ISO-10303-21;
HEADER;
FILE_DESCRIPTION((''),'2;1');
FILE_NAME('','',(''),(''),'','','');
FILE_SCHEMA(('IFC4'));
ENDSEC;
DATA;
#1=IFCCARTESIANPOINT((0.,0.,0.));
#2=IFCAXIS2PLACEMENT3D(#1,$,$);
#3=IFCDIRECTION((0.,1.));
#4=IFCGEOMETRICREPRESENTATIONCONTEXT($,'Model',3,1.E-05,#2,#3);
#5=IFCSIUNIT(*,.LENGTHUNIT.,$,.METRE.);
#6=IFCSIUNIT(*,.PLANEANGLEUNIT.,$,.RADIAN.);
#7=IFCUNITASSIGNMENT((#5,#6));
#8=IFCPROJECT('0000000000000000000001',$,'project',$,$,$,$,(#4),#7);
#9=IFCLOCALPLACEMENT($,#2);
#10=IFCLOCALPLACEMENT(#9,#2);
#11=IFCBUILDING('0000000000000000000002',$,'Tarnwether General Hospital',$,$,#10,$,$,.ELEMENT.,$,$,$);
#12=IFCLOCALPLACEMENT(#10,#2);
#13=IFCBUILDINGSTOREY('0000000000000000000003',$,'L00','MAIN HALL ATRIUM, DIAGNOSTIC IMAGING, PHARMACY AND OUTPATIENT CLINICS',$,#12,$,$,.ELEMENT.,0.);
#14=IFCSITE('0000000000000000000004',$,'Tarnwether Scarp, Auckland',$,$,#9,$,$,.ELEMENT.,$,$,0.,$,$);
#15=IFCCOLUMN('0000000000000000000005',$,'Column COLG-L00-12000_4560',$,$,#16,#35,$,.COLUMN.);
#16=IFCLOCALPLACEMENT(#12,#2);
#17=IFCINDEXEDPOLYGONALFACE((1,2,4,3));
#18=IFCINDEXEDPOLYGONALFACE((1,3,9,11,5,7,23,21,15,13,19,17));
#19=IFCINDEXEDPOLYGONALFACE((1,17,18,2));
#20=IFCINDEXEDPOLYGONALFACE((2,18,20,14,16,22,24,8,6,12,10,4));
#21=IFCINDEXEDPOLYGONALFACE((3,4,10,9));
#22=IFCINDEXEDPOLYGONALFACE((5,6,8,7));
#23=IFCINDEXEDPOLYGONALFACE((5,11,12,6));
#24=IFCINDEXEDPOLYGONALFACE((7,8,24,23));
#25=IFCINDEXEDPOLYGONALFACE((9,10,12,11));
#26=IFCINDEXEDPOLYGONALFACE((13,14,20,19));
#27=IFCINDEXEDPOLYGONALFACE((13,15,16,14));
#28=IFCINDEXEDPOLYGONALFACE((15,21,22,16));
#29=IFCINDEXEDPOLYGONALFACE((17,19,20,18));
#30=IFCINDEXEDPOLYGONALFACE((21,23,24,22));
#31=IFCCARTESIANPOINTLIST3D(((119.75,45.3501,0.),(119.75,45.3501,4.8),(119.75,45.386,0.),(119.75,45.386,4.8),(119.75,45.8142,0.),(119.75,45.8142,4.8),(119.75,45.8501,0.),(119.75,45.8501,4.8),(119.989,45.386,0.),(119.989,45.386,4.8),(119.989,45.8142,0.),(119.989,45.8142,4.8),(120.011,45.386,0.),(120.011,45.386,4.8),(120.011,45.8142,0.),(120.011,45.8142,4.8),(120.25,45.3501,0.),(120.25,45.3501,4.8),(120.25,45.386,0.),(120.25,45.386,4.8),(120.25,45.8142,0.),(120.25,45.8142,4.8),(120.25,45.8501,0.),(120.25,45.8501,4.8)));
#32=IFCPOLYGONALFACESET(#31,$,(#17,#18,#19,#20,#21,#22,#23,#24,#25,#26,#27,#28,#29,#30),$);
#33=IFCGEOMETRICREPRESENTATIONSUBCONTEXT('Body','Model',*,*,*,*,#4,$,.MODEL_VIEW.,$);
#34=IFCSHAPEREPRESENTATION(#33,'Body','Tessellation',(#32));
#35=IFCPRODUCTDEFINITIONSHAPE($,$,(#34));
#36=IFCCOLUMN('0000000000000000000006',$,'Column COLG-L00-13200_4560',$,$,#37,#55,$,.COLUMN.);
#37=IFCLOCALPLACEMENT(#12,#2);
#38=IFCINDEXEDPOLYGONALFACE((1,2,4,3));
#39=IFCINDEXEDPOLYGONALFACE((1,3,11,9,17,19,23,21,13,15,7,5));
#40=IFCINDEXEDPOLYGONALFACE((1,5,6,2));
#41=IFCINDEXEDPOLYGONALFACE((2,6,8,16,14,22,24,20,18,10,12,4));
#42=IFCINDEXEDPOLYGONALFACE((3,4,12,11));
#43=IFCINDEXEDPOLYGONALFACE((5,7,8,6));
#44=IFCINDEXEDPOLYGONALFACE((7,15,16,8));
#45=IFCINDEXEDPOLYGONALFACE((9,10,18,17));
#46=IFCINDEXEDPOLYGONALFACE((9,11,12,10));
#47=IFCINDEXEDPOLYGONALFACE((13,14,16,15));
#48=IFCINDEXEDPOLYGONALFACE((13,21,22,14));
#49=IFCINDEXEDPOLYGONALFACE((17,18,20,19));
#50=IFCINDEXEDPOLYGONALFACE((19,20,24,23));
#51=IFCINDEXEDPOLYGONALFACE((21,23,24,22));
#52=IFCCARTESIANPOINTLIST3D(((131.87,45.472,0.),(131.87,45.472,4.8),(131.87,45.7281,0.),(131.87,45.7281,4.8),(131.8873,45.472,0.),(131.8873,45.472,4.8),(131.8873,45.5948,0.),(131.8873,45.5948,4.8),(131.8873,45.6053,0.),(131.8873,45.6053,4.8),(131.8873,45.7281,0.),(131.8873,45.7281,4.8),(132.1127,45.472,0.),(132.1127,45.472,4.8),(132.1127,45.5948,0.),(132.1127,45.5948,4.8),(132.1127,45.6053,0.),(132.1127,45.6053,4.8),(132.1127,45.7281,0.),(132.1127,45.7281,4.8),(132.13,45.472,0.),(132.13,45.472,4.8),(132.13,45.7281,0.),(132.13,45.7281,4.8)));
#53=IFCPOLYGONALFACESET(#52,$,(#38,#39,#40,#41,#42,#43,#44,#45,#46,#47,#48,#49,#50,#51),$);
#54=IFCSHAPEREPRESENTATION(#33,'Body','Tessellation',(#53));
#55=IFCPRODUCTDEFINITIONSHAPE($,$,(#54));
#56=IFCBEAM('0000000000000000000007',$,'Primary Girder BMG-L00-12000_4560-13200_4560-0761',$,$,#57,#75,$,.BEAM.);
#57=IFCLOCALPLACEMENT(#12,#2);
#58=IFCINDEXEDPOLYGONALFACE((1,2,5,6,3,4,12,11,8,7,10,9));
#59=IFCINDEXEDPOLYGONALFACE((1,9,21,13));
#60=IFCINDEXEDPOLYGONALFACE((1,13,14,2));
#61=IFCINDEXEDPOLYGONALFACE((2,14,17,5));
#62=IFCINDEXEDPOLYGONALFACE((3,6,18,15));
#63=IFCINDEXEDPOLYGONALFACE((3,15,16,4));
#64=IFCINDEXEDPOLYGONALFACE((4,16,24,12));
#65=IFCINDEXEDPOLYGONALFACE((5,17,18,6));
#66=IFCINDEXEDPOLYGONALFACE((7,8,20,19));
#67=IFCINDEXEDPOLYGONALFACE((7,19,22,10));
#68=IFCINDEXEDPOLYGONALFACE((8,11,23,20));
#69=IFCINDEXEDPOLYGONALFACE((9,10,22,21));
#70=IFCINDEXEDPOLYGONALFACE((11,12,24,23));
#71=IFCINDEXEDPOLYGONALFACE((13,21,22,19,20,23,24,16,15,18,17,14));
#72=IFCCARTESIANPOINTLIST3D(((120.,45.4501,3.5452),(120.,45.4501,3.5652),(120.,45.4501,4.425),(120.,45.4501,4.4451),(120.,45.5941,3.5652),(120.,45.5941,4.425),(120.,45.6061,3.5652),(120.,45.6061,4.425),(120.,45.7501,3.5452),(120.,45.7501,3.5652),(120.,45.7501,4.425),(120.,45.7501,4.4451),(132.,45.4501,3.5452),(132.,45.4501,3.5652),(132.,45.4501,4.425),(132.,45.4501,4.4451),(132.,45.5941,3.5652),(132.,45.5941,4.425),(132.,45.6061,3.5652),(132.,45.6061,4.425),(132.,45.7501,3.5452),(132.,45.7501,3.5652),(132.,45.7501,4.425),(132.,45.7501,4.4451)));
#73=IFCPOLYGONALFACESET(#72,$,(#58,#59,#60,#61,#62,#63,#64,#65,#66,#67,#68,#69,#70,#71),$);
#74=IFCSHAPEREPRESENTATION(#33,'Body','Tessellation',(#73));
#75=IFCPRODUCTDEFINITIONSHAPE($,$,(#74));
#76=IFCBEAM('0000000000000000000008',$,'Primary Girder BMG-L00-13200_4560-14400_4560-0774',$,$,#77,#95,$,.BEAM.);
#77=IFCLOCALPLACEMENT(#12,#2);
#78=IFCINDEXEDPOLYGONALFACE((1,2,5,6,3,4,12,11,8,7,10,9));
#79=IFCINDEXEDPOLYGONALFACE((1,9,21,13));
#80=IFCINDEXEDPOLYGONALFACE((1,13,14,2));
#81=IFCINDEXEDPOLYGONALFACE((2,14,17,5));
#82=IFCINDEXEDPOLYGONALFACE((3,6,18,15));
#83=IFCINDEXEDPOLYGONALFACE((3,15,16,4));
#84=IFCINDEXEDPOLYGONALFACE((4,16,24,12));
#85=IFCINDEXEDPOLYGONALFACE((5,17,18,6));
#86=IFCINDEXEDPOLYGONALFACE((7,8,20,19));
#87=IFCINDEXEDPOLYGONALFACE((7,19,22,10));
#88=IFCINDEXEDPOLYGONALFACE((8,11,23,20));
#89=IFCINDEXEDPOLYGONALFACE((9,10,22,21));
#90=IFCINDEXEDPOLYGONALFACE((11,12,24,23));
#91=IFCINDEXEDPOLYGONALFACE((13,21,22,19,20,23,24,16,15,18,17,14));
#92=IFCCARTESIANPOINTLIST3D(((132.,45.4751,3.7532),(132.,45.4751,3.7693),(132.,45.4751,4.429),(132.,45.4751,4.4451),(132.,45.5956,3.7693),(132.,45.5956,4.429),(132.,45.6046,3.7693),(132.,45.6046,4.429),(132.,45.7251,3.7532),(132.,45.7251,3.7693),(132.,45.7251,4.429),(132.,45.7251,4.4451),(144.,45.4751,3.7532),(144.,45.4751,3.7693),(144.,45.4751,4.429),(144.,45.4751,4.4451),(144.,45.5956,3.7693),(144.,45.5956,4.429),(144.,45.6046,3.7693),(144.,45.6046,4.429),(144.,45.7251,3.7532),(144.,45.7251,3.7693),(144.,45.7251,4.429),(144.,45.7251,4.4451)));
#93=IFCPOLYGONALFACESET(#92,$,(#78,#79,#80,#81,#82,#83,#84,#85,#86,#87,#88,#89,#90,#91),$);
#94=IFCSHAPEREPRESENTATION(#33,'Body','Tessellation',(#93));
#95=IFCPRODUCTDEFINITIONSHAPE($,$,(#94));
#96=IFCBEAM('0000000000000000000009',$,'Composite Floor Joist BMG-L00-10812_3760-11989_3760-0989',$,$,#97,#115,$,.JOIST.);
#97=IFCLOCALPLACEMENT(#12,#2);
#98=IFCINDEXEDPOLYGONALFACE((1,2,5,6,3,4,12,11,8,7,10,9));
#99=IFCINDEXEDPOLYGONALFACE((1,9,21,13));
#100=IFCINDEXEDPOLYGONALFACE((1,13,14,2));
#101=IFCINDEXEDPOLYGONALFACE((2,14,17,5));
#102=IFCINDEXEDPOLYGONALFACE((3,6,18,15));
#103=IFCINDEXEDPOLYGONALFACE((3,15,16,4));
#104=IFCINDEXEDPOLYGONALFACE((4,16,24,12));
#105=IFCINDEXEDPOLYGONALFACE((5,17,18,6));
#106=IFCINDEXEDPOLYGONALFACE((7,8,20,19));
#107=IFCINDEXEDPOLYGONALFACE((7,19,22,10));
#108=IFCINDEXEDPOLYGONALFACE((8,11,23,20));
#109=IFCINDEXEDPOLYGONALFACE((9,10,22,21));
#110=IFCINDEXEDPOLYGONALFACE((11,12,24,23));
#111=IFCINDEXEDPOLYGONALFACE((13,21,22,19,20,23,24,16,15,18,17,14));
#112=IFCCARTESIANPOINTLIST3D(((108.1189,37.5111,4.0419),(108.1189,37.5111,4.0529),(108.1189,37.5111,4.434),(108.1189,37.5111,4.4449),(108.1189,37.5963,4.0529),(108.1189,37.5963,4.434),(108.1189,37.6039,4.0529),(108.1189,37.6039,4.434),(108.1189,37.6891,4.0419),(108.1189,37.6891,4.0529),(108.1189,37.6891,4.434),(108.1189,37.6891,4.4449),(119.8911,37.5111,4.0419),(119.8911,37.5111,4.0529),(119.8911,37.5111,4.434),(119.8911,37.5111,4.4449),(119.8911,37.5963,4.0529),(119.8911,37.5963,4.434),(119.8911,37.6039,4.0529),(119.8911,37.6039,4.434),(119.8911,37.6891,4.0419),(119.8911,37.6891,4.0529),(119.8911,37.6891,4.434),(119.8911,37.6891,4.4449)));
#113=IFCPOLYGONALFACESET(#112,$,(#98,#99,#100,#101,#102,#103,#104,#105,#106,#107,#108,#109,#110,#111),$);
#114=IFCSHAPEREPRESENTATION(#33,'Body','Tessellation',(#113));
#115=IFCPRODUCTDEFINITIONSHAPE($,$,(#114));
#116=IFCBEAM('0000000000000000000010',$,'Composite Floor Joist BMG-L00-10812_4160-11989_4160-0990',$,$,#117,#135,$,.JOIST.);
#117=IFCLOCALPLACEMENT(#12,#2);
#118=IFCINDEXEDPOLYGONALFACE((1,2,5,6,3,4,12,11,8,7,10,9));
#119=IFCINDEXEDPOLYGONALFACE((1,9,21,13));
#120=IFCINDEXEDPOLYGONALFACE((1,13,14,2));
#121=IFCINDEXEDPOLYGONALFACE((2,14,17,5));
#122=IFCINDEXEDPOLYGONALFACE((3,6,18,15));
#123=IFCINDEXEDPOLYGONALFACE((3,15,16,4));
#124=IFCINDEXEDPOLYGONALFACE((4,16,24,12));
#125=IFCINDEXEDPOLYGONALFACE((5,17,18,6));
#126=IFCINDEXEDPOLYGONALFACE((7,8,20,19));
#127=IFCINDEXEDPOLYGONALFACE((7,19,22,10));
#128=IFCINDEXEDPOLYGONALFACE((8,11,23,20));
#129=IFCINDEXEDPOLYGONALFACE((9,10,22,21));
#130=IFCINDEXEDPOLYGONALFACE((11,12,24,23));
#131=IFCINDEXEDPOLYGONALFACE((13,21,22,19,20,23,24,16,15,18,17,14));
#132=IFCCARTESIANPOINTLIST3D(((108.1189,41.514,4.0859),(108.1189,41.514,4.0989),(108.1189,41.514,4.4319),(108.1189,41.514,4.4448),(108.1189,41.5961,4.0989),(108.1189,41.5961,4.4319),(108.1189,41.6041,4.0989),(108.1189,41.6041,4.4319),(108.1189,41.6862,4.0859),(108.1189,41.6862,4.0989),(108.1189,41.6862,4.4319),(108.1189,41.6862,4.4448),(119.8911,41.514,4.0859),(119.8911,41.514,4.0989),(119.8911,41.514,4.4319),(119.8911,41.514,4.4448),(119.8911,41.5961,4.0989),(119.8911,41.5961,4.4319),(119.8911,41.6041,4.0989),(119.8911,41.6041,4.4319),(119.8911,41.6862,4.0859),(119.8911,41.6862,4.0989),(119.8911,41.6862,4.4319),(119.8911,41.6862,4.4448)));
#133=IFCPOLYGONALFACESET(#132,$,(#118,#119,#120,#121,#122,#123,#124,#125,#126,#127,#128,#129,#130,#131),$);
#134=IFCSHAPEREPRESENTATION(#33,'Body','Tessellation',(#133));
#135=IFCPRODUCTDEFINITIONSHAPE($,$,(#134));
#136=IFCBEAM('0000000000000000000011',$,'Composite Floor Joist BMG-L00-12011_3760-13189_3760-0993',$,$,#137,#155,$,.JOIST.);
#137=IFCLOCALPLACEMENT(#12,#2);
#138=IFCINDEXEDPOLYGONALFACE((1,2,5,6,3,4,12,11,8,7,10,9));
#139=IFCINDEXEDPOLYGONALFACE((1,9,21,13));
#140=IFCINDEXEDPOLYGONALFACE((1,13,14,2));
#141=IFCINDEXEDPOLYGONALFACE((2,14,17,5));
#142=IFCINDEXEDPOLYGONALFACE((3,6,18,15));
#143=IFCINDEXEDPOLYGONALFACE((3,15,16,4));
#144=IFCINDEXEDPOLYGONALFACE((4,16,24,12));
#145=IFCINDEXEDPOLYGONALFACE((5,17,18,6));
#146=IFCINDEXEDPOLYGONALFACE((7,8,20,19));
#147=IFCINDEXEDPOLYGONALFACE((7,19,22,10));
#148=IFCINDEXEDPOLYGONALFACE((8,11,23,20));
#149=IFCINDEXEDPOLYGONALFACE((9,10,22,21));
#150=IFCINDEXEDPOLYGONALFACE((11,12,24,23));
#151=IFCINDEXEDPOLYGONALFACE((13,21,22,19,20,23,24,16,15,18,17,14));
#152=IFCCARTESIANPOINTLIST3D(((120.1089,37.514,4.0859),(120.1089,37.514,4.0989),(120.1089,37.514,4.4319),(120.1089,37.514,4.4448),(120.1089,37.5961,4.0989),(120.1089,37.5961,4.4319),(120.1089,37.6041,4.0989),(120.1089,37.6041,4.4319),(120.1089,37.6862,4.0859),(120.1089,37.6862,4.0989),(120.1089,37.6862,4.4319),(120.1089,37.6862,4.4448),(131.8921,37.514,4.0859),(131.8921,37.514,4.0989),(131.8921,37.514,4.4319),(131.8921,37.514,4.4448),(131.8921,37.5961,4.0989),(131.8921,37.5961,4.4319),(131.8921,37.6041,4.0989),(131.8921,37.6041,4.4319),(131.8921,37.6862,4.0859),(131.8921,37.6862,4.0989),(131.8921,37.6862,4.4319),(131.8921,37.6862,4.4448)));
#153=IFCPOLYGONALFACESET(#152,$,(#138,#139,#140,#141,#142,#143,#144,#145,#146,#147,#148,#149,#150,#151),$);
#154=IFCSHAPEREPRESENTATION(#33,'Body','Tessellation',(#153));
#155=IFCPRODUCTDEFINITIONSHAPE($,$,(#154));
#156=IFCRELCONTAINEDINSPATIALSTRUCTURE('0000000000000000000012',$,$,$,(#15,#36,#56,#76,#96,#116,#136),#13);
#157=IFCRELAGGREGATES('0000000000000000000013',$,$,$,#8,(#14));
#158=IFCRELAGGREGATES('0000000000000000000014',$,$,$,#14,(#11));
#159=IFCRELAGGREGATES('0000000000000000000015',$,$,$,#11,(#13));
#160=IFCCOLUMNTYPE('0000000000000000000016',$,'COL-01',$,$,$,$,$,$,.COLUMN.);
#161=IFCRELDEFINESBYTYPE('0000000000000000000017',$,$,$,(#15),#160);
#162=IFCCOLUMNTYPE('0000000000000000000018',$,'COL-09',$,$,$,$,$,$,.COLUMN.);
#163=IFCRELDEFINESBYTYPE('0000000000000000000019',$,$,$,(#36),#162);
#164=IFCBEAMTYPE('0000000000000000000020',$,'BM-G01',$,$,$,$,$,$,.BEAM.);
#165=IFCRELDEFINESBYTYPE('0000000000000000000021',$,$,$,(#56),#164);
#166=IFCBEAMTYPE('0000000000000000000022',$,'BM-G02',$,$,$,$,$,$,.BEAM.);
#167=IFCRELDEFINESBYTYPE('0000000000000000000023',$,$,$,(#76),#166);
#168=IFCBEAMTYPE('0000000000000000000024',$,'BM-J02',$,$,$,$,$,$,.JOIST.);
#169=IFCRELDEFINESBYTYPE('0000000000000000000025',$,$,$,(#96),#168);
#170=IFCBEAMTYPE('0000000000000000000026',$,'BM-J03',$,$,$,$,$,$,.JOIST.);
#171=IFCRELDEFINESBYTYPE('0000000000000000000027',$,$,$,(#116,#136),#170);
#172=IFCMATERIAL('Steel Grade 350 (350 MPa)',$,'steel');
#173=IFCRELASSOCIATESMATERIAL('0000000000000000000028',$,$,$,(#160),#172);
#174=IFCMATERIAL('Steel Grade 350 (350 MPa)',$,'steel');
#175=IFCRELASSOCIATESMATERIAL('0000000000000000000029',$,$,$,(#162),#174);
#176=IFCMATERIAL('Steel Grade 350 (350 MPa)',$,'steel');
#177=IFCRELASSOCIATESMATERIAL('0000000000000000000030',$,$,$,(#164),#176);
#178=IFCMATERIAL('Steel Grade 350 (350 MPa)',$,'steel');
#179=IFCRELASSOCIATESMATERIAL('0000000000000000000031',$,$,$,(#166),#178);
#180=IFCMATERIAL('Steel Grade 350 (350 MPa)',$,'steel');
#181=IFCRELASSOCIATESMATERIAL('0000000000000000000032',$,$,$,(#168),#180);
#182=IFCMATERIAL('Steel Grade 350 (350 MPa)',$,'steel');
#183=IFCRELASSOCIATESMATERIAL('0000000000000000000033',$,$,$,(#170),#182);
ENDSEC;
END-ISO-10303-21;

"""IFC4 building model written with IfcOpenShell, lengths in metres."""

from ifc_helpers import new_model, si_unit, direction, frame, origin, origin_2d, place, context, subcontext, project, spatial, i_section, extrude, material, material_profile, profile_set, type_object, element, save


model = new_model("IFC4")

# Units and contexts
model_context = context("Model", 3, precision=1e-05, world=origin(), true_north=direction((0.0, 1.0)))
body_context = subcontext(model_context, "Body", "Model", "MODEL_VIEW")
ifc_project = project(units=[si_unit("LENGTHUNIT", "METRE"), si_unit("PLANEANGLEUNIT", "RADIAN")], contexts=[model_context])

# Site, building, storey
site_placement = place(None, origin())
site = spatial("IfcSite", under=ifc_project, at=site_placement, Name="Tarnwether Scarp, Auckland", CompositionType="ELEMENT", RefElevation=0.0)
building_placement = place(site_placement, origin())
building = spatial("IfcBuilding", under=site, at=building_placement, Name="Tarnwether General Hospital", CompositionType="ELEMENT")
storey_placement = place(building_placement, origin())
storey = spatial("IfcBuildingStorey", under=building, at=storey_placement, Name="L00", Description="MAIN HALL ATRIUM, DIAGNOSTIC IMAGING, PHARMACY AND OUTPATIENT CLINICS", CompositionType="ELEMENT", Elevation=0.0)

# Columns
ifc_material_1 = material(Name="Steel Grade 350 (350 MPa)", Category="steel")
ifc_material_profile_1 = material_profile(ifc_material_1, i_section(OverallWidth=0.5, OverallDepth=0.5, WebThickness=0.022, FlangeThickness=0.0359, at=origin_2d()), Name="500WC380")
ifc_profile_set_1 = profile_set([ifc_material_profile_1], Name="Steel Grade 350 (350 MPa)")
column_type_1 = type_object("IfcColumnType", Name="COL-01", PredefinedType="COLUMN", material=ifc_profile_set_1)
column_1_placement = place(storey_placement, frame((120.0, 45.6001, 0.0), z_axis=(0.0, 0.0, 1.0), x_axis=(1.0, 0.0, 0.0)))
element("IfcColumn", 1, at=column_1_placement, inside=storey, type_object=column_type_1, Name="Column COLG-L00-12000_4560", PredefinedType="COLUMN", context=body_context, shape_type="SweptSolid", body=[
    extrude(i_section(OverallWidth=0.5, OverallDepth=0.5, WebThickness=0.022, FlangeThickness=0.0359, at=origin_2d()), origin(), (0.0, 0.0, 1.0), 4.8),
])
ifc_material_2 = material(Name="Steel Grade 350 (350 MPa)", Category="steel")
ifc_material_profile_2 = material_profile(ifc_material_2, i_section(OverallWidth=0.2561, OverallDepth=0.26, WebThickness=0.0105, FlangeThickness=0.0173, at=origin_2d()), Name="250UC89.5")
ifc_profile_set_2 = profile_set([ifc_material_profile_2], Name="Steel Grade 350 (350 MPa)")
column_type_2 = type_object("IfcColumnType", Name="COL-09", PredefinedType="COLUMN", material=ifc_profile_set_2)
column_2_placement = place(storey_placement, frame((132.0, 45.6001, 0.0), z_axis=(0.0, 0.0, 1.0), x_axis=(0.0, 1.0, 0.0)))
element("IfcColumn", 2, at=column_2_placement, inside=storey, type_object=column_type_2, Name="Column COLG-L00-13200_4560", PredefinedType="COLUMN", context=body_context, shape_type="SweptSolid", body=[
    extrude(i_section(OverallWidth=0.2561, OverallDepth=0.26, WebThickness=0.0105, FlangeThickness=0.0173, at=origin_2d()), origin(), (0.0, 0.0, 1.0), 4.8),
])

# Beams
ifc_material_3 = material(Name="Steel Grade 350 (350 MPa)", Category="steel")
ifc_material_profile_3 = material_profile(ifc_material_3, i_section(OverallWidth=0.3, OverallDepth=0.8999, WebThickness=0.012, FlangeThickness=0.02, at=origin_2d()), Name="900WB175")
ifc_profile_set_3 = profile_set([ifc_material_profile_3], Name="Steel Grade 350 (350 MPa)")
beam_type_1 = type_object("IfcBeamType", Name="BM-G01", PredefinedType="BEAM", material=ifc_profile_set_3)
beam_1_placement = place(storey_placement, frame((120.0, 45.6001, 3.9951), z_axis=(1.0, 0.0, 0.0), x_axis=(0.0, 1.0, 0.0)))
element("IfcBeam", 3, at=beam_1_placement, inside=storey, type_object=beam_type_1, Name="Primary Girder BMG-L00-12000_4560-13200_4560-0761", PredefinedType="BEAM", context=body_context, shape_type="SweptSolid", body=[
    extrude(i_section(OverallWidth=0.3, OverallDepth=0.8999, WebThickness=0.012, FlangeThickness=0.02, at=origin_2d()), origin(), (0.0, 0.0, 1.0), 12.0),
])
ifc_material_4 = material(Name="Steel Grade 350 (350 MPa)", Category="steel")
ifc_material_profile_4 = material_profile(ifc_material_4, i_section(OverallWidth=0.25, OverallDepth=0.6919, WebThickness=0.009, FlangeThickness=0.0161, at=origin_2d()), Name="700WB115")
ifc_profile_set_4 = profile_set([ifc_material_profile_4], Name="Steel Grade 350 (350 MPa)")
beam_type_2 = type_object("IfcBeamType", Name="BM-G02", PredefinedType="BEAM", material=ifc_profile_set_4)
beam_2_placement = place(storey_placement, frame((132.0, 45.6001, 4.0991), z_axis=(1.0, 0.0, 0.0), x_axis=(0.0, 1.0, 0.0)))
element("IfcBeam", 4, at=beam_2_placement, inside=storey, type_object=beam_type_2, Name="Primary Girder BMG-L00-13200_4560-14400_4560-0774", PredefinedType="BEAM", context=body_context, shape_type="SweptSolid", body=[
    extrude(i_section(OverallWidth=0.25, OverallDepth=0.6919, WebThickness=0.009, FlangeThickness=0.0161, at=origin_2d()), origin(), (0.0, 0.0, 1.0), 12.0),
])
ifc_material_5 = material(Name="Steel Grade 350 (350 MPa)", Category="steel")
ifc_material_profile_5 = material_profile(ifc_material_5, i_section(OverallWidth=0.178, OverallDepth=0.4031, WebThickness=0.0076, FlangeThickness=0.011, at=origin_2d()), Name="410UB53.7")
ifc_profile_set_5 = profile_set([ifc_material_profile_5], Name="Steel Grade 350 (350 MPa)")
beam_type_3 = type_object("IfcBeamType", Name="BM-J02", PredefinedType="JOIST", material=ifc_profile_set_5)
beam_3_placement = place(storey_placement, frame((108.1189, 37.6001, 4.2434), z_axis=(1.0, 0.0, 0.0), x_axis=(0.0, 1.0, 0.0)))
element("IfcBeam", 5, at=beam_3_placement, inside=storey, type_object=beam_type_3, Name="Composite Floor Joist BMG-L00-10812_3760-11989_3760-0989", PredefinedType="JOIST", context=body_context, shape_type="SweptSolid", body=[
    extrude(i_section(OverallWidth=0.178, OverallDepth=0.4031, WebThickness=0.0076, FlangeThickness=0.011, at=origin_2d()), origin(), (0.0, 0.0, 1.0), 11.7722),
])
ifc_material_6 = material(Name="Steel Grade 350 (350 MPa)", Category="steel")
ifc_material_profile_6 = material_profile(ifc_material_6, i_section(OverallWidth=0.1721, OverallDepth=0.3589, WebThickness=0.0081, FlangeThickness=0.0129, at=origin_2d()), Name="360UB56.7")
ifc_profile_set_6 = profile_set([ifc_material_profile_6], Name="Steel Grade 350 (350 MPa)")
beam_type_4 = type_object("IfcBeamType", Name="BM-J03", PredefinedType="JOIST", material=ifc_profile_set_6)
beam_4_placement = place(storey_placement, frame((108.1189, 41.6001, 4.2654), z_axis=(1.0, 0.0, 0.0), x_axis=(0.0, 1.0, 0.0)))
element("IfcBeam", 6, at=beam_4_placement, inside=storey, type_object=beam_type_4, Name="Composite Floor Joist BMG-L00-10812_4160-11989_4160-0990", PredefinedType="JOIST", context=body_context, shape_type="SweptSolid", body=[
    extrude(i_section(OverallWidth=0.1721, OverallDepth=0.3589, WebThickness=0.0081, FlangeThickness=0.0129, at=origin_2d()), origin(), (0.0, 0.0, 1.0), 11.7722),
])
beam_5_placement = place(storey_placement, frame((120.1089, 37.6001, 4.2654), z_axis=(1.0, 0.0, 0.0), x_axis=(0.0, 1.0, 0.0)))
element("IfcBeam", 7, at=beam_5_placement, inside=storey, type_object=beam_type_4, Name="Composite Floor Joist BMG-L00-12011_3760-13189_3760-0993", PredefinedType="JOIST", context=body_context, shape_type="SweptSolid", body=[
    extrude(i_section(OverallWidth=0.1721, OverallDepth=0.3589, WebThickness=0.0081, FlangeThickness=0.0129, at=origin_2d()), origin(), (0.0, 0.0, 1.0), 11.7832),
])

save(model, "model.ifc")
